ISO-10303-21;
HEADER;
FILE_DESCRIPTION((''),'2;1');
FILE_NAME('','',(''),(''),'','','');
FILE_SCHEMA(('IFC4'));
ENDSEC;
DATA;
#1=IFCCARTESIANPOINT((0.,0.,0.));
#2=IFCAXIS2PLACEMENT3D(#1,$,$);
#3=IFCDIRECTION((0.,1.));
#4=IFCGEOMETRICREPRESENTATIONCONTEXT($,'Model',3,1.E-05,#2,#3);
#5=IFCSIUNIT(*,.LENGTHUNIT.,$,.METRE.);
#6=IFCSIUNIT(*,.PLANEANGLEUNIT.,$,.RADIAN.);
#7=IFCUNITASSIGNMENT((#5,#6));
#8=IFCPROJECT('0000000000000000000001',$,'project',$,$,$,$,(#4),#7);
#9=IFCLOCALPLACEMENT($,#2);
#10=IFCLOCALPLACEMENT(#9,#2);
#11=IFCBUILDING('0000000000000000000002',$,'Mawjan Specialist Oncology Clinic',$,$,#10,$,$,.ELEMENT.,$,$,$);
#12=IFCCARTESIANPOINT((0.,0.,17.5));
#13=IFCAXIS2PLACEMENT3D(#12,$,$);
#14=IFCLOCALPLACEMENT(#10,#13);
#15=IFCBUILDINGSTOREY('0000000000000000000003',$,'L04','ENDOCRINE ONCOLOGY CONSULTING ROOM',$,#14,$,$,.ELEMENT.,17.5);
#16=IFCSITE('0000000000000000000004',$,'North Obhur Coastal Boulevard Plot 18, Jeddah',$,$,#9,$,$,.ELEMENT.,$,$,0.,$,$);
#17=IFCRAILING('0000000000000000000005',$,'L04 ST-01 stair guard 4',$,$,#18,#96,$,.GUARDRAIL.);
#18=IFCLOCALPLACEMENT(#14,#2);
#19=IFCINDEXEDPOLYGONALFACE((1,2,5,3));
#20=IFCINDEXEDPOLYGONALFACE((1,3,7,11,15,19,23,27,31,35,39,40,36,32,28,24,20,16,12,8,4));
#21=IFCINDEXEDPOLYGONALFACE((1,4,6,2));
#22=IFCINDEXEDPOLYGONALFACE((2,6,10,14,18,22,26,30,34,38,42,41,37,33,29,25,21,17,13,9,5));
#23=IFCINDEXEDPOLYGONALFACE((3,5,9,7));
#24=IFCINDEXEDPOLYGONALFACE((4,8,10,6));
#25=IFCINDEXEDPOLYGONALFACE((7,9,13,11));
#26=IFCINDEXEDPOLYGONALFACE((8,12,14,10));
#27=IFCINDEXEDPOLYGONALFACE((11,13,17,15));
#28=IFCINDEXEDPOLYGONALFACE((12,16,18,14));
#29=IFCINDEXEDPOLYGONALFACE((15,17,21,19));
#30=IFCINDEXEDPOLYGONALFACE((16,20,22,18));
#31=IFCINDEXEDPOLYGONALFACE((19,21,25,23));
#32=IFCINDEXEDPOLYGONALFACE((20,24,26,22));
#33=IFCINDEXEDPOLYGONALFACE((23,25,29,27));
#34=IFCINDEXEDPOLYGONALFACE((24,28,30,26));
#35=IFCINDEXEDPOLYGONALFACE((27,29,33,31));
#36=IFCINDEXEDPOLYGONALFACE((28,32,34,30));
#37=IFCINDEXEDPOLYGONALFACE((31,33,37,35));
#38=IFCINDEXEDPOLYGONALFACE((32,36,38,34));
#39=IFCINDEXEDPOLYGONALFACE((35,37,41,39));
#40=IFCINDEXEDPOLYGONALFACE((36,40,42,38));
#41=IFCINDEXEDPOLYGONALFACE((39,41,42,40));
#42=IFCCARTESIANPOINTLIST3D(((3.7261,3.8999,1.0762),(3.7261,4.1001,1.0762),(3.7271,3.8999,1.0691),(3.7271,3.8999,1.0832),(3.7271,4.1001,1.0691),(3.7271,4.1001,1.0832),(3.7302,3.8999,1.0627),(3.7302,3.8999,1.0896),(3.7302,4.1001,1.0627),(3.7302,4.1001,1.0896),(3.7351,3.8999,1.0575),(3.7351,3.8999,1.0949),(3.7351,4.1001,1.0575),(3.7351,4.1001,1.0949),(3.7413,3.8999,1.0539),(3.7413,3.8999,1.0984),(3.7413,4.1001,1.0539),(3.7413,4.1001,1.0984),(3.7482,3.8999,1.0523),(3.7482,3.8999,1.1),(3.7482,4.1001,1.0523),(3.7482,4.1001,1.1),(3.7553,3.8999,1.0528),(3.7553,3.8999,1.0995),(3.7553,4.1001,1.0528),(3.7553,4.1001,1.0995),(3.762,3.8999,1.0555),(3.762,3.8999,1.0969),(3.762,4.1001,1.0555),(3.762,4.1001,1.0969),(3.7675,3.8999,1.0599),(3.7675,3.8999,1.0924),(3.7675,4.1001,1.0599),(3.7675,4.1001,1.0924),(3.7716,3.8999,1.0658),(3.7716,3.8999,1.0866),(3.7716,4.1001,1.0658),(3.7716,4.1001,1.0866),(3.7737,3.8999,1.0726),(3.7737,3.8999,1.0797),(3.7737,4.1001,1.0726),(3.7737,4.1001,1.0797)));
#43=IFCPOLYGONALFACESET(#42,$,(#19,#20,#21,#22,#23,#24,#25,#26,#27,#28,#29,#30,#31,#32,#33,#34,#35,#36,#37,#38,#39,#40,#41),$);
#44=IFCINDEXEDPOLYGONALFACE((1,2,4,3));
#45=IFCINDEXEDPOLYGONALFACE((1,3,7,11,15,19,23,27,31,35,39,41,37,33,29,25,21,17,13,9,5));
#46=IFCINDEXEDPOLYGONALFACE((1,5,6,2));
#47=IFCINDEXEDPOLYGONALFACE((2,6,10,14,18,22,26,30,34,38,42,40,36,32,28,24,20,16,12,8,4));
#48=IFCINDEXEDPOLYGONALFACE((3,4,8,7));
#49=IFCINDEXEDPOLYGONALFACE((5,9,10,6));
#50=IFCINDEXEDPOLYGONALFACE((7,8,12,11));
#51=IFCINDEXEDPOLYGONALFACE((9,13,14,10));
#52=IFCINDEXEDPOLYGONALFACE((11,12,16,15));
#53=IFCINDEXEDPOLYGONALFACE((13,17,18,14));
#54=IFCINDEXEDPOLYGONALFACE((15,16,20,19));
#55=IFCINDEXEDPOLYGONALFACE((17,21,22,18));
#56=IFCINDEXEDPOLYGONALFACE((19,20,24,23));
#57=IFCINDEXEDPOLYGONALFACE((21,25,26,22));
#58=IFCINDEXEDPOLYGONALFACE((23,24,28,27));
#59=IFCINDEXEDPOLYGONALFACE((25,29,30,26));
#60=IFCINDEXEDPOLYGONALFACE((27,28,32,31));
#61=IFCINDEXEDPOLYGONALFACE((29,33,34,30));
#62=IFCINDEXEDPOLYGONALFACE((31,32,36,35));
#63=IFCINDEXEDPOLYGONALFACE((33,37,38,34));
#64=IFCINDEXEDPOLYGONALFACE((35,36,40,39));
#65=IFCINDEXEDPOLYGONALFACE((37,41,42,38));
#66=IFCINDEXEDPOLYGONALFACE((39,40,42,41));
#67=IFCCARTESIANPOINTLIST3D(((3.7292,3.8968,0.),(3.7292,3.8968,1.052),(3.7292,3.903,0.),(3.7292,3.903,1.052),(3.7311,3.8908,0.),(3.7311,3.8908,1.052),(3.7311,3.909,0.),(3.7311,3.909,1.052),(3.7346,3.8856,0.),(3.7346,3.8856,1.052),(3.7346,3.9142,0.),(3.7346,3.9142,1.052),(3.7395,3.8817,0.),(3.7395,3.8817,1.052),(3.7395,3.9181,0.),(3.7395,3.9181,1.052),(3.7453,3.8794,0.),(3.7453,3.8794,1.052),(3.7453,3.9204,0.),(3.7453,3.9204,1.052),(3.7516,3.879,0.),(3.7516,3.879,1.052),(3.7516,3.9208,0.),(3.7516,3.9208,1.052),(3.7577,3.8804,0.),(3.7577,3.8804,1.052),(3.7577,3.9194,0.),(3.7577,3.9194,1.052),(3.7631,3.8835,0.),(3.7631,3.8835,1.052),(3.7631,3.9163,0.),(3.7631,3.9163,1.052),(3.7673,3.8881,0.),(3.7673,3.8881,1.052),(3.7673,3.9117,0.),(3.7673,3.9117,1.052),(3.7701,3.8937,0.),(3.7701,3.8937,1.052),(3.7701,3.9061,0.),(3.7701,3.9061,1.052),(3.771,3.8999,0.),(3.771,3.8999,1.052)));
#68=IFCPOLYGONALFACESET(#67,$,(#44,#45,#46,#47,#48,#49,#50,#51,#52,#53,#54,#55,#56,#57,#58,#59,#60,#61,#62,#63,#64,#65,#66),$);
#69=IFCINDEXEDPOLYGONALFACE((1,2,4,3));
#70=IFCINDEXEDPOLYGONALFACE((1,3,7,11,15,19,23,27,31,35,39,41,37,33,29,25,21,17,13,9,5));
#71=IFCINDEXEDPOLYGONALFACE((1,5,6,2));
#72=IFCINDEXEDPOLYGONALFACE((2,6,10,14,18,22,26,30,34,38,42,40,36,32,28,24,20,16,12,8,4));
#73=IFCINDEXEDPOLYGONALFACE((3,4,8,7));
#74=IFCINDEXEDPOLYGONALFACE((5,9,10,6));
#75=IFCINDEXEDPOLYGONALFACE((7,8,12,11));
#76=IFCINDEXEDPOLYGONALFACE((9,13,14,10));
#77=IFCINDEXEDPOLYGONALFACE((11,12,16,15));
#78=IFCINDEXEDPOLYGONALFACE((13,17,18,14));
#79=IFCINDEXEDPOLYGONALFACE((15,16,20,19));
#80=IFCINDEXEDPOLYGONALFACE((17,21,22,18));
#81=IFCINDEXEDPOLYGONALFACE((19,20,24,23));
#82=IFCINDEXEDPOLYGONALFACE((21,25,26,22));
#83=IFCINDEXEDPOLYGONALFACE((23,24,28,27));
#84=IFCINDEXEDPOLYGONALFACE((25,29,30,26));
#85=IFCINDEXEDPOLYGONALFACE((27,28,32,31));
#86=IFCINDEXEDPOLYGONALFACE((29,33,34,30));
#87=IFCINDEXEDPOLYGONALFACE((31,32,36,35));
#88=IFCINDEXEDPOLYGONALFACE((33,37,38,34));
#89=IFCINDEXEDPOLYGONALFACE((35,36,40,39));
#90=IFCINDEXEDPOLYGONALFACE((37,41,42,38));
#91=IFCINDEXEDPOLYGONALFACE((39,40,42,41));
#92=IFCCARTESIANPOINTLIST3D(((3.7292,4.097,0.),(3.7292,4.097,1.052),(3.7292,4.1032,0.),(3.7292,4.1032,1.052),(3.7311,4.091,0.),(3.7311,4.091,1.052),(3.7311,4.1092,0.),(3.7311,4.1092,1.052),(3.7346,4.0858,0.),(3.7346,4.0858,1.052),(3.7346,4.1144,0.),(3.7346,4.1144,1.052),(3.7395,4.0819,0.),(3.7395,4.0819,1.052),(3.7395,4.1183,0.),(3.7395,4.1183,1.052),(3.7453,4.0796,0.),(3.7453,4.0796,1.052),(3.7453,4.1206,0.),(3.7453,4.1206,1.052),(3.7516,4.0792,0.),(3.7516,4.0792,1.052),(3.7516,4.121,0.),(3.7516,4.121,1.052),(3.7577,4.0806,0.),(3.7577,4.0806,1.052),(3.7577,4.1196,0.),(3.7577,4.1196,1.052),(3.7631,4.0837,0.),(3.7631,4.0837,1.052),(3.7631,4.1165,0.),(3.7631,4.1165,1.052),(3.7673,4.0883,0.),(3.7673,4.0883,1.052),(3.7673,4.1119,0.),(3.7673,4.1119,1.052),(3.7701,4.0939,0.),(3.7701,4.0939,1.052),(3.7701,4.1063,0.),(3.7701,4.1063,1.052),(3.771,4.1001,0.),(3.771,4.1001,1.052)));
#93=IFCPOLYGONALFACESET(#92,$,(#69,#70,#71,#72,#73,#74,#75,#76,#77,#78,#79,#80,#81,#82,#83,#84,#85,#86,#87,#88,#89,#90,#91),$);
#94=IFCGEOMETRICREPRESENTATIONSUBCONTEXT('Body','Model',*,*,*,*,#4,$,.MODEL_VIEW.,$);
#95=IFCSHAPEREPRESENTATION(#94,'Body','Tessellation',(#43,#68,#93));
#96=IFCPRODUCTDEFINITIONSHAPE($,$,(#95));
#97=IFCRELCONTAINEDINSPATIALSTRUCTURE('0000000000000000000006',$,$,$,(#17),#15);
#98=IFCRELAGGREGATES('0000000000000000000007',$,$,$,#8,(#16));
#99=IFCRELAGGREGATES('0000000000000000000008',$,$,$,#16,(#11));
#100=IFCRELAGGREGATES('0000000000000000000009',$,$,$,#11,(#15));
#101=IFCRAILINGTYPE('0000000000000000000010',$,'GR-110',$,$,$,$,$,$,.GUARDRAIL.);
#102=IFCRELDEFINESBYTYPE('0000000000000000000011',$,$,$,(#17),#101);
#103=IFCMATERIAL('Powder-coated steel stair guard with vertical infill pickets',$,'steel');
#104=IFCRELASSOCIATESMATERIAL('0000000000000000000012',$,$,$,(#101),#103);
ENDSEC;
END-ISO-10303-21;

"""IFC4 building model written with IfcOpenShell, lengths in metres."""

from ifc_helpers import new_model, si_unit, direction, frame, origin, origin_2d, place, context, subcontext, project, spatial, circle, extrude, material, type_object, element, save


model = new_model("IFC4")

# Units and contexts
model_context = context("Model", 3, precision=1e-05, world=origin(), true_north=direction((0.0, 1.0)))
body_context = subcontext(model_context, "Body", "Model", "MODEL_VIEW")
ifc_project = project(units=[si_unit("LENGTHUNIT", "METRE"), si_unit("PLANEANGLEUNIT", "RADIAN")], contexts=[model_context])

# Site, building, storey
site_placement = place(None, origin())
site = spatial("IfcSite", under=ifc_project, at=site_placement, Name="North Obhur Coastal Boulevard Plot 18, Jeddah", CompositionType="ELEMENT", RefElevation=0.0)
building_placement = place(site_placement, origin())
building = spatial("IfcBuilding", under=site, at=building_placement, Name="Mawjan Specialist Oncology Clinic", CompositionType="ELEMENT")
storey_placement = place(building_placement, frame((0.0, 0.0, 17.5)))
storey = spatial("IfcBuildingStorey", under=building, at=storey_placement, Name="L04", Description="ENDOCRINE ONCOLOGY CONSULTING ROOM", CompositionType="ELEMENT", Elevation=17.5)

# Railing
ifc_material_1 = material(Name="Powder-coated steel stair guard with vertical infill pickets", Category="steel")
railing_type_1 = type_object("IfcRailingType", Name="GR-110", PredefinedType="GUARDRAIL", material=ifc_material_1)
railing_1_placement = place(storey_placement, frame((3.75, 3.8999, 0.0)))
element("IfcRailing", 1, at=railing_1_placement, inside=storey, type_object=railing_type_1, Name="L04 ST-01 stair guard 4", PredefinedType="GUARDRAIL", context=body_context, shape_type="SweptSolid", body=[
    extrude(circle(Radius=0.0239, at=origin_2d()), frame((0.0, 0.0, 1.0762), z_axis=(0.0, 1.0, 0.0), x_axis=(-1.0, 0.0, 0.0)), (0.0, 0.0, 1.0), 0.2002),
    extrude(circle(Radius=0.021, at=origin_2d()), origin(), (0.0, 0.0, 1.0), 1.052),
    extrude(circle(Radius=0.021, at=origin_2d()), frame((0.0, 0.2002, 0.0)), (0.0, 0.0, 1.0), 1.052),
])

save(model, "model.ifc")
